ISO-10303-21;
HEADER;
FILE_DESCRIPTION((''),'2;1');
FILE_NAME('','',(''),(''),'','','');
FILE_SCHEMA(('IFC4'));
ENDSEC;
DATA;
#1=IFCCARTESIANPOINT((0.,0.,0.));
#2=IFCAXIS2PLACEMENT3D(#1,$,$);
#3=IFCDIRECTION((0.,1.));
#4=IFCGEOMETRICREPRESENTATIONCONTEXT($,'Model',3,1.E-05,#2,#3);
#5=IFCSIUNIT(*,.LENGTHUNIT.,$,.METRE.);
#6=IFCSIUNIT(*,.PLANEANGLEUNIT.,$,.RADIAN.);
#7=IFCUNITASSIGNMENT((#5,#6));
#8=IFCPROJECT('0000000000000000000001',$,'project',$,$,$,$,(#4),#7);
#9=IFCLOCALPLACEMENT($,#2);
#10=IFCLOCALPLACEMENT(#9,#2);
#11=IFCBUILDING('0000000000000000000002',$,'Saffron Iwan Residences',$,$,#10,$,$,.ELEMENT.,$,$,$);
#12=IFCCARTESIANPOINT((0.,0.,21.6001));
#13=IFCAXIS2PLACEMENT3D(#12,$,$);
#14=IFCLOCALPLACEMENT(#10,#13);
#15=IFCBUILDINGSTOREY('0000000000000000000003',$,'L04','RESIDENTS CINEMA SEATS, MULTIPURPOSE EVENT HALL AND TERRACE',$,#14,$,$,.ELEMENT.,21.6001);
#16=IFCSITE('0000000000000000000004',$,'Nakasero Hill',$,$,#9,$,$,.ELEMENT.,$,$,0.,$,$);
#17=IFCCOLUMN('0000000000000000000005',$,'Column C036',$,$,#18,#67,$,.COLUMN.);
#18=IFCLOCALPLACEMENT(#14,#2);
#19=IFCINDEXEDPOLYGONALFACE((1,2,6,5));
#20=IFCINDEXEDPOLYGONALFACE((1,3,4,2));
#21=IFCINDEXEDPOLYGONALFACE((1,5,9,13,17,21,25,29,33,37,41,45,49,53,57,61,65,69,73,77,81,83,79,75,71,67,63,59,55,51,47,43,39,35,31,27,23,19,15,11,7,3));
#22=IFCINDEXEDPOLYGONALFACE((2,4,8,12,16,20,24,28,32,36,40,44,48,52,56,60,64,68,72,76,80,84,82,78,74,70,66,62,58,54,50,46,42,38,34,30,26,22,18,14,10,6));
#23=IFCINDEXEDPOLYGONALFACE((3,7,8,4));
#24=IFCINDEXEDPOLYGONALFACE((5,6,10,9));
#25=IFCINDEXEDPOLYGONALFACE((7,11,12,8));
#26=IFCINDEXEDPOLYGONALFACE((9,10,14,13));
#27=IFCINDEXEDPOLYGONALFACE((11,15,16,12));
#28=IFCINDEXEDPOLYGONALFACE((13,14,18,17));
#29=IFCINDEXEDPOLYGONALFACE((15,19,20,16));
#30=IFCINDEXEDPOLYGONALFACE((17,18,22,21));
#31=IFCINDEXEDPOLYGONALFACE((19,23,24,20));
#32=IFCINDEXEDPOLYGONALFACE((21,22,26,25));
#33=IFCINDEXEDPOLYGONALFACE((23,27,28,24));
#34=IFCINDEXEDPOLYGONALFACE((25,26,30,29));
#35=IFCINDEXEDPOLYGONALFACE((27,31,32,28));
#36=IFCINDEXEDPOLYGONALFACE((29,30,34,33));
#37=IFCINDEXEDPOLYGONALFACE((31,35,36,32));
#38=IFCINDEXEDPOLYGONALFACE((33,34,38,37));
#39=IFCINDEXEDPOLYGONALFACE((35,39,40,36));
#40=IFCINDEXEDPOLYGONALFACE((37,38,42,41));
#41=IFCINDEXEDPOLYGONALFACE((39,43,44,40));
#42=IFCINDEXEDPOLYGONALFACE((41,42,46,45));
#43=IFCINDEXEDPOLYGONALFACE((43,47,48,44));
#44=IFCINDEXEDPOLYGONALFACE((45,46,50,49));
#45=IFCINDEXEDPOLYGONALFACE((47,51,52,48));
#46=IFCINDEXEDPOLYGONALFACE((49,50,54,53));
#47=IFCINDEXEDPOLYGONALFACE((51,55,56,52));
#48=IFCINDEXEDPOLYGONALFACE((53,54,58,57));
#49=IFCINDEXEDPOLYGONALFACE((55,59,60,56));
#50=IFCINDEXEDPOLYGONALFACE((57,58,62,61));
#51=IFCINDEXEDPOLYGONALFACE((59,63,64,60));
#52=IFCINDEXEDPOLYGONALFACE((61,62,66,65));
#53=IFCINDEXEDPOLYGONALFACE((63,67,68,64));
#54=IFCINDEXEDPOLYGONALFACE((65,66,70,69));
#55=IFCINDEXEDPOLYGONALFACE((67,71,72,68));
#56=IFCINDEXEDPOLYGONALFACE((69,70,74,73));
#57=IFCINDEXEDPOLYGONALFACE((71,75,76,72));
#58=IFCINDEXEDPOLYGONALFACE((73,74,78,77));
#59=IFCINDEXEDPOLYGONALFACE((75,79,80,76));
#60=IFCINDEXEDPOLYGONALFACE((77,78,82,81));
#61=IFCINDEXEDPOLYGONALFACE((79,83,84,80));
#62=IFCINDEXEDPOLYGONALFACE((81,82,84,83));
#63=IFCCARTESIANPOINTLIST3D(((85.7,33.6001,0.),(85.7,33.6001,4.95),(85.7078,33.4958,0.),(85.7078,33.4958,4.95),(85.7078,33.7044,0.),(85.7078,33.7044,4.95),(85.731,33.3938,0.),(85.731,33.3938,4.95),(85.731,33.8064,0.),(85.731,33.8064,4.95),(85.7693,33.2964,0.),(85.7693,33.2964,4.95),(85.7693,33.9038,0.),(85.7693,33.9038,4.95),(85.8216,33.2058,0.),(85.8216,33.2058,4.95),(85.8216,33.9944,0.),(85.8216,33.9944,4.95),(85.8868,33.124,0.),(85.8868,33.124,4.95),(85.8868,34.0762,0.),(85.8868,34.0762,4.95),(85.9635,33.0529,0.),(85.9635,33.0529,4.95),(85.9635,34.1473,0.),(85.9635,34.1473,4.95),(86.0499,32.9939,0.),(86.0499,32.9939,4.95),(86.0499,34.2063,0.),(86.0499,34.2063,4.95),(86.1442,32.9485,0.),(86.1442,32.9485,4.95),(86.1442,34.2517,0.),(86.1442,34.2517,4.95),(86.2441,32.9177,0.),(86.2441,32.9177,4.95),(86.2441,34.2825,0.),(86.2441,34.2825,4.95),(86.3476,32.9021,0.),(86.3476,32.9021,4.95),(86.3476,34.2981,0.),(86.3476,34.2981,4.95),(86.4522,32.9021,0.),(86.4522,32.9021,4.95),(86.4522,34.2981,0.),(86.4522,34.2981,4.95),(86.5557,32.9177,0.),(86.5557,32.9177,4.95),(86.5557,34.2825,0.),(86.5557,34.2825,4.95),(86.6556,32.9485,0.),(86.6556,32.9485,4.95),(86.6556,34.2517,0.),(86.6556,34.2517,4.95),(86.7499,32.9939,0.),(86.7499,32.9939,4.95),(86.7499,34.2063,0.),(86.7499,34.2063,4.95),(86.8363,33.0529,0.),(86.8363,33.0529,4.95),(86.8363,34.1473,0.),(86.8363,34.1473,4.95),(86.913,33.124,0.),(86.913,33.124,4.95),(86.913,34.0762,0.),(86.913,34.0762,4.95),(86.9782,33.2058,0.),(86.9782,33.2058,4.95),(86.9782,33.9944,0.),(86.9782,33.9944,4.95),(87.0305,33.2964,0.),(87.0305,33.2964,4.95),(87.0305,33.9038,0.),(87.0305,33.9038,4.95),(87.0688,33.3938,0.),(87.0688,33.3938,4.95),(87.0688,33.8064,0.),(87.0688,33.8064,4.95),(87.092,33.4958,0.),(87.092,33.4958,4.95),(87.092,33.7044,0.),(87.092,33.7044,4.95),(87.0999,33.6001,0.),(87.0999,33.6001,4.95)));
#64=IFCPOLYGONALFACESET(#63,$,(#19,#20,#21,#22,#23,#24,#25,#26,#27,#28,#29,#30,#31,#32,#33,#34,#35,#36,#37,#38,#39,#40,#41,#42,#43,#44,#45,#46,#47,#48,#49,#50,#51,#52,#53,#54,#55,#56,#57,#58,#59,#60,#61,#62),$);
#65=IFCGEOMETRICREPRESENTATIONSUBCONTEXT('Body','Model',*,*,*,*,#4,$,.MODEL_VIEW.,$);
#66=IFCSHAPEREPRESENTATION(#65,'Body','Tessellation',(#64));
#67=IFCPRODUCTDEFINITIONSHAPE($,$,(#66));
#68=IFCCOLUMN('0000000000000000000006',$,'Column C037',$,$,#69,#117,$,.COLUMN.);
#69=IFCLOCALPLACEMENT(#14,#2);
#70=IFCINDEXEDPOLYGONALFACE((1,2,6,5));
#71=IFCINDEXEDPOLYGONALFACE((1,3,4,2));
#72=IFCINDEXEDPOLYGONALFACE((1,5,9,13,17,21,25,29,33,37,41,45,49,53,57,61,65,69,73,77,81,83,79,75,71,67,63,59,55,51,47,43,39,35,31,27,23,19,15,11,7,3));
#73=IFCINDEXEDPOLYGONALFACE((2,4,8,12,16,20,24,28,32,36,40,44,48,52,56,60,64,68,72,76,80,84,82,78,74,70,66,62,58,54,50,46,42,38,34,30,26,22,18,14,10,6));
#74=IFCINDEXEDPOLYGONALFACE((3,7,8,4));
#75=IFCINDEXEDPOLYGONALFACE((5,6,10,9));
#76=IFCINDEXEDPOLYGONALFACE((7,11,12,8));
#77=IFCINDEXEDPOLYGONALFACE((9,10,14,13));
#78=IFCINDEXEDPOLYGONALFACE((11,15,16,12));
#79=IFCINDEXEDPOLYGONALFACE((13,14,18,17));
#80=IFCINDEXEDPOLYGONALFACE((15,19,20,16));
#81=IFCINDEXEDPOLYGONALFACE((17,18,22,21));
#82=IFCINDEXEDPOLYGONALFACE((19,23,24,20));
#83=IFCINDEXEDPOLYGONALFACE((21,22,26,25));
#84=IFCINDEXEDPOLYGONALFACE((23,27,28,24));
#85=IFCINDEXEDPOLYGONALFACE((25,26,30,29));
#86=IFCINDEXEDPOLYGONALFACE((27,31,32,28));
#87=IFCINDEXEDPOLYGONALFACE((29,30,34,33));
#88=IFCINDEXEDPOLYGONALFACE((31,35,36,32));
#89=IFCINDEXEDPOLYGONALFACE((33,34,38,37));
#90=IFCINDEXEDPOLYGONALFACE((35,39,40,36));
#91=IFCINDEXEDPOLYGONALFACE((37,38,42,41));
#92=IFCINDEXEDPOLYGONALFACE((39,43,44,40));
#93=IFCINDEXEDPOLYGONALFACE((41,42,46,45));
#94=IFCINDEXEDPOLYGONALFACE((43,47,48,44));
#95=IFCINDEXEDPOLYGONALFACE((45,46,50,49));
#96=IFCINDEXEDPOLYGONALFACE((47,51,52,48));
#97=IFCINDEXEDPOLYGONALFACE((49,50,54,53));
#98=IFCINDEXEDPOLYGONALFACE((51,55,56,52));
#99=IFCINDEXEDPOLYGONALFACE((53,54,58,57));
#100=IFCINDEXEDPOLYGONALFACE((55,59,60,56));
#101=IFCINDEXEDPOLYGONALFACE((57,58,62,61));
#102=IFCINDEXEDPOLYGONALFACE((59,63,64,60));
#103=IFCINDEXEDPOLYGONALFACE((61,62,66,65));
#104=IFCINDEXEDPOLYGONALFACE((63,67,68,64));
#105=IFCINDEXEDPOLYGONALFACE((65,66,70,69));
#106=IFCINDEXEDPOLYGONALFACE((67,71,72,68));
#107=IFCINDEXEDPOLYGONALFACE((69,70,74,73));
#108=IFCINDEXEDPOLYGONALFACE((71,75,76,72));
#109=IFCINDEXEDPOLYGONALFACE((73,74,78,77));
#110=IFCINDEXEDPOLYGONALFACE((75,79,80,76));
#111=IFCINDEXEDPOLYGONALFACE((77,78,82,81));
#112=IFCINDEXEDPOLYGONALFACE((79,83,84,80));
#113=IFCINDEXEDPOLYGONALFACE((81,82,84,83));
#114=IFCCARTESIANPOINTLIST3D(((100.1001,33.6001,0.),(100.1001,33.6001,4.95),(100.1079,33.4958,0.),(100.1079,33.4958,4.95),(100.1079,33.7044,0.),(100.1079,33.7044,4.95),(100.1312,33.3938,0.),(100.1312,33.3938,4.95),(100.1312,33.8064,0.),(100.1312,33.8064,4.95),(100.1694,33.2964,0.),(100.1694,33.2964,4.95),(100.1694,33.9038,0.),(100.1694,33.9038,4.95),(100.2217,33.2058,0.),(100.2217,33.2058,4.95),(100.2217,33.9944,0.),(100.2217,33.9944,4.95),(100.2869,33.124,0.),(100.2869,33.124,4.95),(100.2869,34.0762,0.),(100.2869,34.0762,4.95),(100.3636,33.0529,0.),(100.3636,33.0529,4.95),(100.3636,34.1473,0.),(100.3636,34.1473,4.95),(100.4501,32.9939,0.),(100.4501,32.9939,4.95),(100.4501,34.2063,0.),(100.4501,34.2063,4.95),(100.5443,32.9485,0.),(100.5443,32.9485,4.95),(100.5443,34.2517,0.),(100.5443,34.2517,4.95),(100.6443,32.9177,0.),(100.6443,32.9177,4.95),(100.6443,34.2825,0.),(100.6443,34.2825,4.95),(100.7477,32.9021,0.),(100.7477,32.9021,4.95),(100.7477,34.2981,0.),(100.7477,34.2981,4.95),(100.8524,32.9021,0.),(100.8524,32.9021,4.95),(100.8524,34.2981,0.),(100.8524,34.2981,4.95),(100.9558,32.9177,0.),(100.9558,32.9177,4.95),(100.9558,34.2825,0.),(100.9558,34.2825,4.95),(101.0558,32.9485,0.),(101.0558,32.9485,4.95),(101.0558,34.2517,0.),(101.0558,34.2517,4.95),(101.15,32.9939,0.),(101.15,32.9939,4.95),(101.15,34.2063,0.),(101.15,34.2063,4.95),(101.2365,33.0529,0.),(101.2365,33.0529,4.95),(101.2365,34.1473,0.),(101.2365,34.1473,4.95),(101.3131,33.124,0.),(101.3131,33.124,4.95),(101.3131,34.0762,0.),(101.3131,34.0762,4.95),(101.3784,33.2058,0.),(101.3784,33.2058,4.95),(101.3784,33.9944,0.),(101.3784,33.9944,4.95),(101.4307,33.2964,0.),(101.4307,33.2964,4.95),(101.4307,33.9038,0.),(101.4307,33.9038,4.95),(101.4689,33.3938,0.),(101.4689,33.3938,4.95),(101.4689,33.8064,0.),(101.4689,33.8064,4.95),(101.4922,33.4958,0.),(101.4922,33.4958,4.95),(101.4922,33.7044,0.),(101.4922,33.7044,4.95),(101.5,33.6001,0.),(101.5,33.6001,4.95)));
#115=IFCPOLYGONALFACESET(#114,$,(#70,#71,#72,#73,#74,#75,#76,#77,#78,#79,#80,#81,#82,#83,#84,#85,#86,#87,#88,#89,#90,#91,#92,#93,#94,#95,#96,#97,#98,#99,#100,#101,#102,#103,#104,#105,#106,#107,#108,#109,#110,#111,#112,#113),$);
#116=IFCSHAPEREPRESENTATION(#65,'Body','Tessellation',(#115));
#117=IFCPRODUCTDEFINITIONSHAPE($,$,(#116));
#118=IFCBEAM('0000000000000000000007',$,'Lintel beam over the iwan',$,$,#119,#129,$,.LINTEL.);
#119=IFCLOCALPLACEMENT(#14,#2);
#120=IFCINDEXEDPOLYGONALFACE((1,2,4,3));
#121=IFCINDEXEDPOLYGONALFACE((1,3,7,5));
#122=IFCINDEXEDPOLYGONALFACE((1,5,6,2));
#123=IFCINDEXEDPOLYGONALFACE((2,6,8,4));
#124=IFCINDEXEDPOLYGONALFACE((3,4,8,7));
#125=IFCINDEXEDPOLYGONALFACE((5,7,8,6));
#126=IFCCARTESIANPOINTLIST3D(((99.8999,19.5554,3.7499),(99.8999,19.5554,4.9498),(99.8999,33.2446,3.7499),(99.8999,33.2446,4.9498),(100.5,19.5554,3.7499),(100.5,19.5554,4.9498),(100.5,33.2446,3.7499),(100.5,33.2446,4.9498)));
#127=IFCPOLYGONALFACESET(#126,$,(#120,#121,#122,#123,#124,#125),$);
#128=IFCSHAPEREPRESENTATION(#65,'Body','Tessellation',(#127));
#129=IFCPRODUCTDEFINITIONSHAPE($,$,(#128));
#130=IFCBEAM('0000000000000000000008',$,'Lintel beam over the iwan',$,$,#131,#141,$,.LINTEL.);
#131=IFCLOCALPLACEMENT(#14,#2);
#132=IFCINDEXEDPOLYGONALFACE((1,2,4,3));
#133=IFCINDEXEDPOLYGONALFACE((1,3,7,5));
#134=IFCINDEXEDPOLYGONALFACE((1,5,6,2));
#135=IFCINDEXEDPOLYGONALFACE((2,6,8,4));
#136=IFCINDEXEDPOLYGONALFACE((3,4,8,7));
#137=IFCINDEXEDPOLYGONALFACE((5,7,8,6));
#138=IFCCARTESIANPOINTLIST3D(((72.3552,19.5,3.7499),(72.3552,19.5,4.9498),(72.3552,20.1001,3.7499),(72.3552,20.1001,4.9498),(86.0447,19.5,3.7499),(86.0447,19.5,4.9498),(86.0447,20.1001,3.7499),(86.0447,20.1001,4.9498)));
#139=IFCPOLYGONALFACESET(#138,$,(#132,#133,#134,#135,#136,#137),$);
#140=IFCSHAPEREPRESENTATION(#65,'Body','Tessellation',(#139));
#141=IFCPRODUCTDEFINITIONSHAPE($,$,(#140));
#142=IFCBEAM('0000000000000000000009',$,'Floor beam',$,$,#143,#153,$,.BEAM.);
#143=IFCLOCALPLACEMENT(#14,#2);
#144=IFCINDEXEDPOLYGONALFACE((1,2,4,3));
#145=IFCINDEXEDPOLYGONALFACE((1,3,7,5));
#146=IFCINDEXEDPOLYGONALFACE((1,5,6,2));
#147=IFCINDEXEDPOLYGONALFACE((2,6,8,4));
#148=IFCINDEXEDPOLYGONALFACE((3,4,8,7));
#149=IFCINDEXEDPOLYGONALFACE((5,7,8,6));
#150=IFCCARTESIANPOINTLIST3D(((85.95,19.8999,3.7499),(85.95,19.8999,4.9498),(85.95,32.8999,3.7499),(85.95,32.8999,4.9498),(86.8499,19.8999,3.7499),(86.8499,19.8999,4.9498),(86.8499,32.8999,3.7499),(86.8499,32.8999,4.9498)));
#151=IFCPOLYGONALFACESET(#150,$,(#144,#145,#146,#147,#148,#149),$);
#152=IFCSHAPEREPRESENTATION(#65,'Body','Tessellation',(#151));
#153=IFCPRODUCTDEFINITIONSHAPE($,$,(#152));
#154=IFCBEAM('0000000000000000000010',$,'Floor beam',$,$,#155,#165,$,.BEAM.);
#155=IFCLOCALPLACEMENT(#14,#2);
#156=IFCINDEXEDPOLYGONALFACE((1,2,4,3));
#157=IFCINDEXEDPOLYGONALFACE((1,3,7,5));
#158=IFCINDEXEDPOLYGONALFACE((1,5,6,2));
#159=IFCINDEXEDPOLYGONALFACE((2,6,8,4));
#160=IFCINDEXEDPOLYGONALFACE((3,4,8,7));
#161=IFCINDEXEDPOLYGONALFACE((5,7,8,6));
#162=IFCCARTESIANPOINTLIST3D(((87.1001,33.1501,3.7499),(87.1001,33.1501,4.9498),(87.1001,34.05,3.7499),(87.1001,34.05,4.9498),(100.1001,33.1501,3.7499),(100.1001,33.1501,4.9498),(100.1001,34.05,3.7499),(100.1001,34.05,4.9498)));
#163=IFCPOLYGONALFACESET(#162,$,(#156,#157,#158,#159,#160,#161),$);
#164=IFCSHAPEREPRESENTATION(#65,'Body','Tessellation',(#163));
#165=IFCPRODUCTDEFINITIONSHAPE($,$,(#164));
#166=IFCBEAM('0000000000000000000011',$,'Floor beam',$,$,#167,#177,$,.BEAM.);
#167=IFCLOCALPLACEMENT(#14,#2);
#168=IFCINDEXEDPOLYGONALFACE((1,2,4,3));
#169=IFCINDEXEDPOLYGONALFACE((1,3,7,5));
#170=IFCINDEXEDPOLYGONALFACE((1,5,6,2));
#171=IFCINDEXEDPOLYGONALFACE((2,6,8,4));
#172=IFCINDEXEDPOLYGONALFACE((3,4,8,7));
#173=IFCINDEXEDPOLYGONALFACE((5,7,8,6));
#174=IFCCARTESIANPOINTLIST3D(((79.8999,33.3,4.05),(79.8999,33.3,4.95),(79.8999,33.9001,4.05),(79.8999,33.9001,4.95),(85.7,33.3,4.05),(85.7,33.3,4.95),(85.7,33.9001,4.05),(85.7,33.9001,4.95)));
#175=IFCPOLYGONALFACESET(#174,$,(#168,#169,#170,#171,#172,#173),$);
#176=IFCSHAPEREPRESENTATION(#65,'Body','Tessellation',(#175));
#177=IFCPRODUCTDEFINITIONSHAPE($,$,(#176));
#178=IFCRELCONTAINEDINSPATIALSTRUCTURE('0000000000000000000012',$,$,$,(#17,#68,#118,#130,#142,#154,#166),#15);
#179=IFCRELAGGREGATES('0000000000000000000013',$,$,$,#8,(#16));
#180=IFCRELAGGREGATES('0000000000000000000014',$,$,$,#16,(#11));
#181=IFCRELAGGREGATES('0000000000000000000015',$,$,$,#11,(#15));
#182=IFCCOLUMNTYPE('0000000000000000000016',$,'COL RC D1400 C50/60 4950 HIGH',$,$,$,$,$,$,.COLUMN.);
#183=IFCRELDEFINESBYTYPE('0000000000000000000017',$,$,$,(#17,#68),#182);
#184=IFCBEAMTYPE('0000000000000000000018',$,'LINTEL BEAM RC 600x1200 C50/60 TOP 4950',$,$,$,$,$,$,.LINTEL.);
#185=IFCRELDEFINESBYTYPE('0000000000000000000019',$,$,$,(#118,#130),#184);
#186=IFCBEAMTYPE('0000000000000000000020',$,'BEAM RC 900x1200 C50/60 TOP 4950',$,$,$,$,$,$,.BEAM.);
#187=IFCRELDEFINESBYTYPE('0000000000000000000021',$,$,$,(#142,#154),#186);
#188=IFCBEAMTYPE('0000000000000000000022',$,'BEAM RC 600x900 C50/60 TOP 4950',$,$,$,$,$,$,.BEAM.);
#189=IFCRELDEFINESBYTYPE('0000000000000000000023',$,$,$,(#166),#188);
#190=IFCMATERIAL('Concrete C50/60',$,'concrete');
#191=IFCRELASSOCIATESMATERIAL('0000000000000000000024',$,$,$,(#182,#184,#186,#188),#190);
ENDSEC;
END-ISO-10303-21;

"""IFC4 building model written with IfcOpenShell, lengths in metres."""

from ifc_helpers import new_model, si_unit, direction, frame, origin, origin_2d, place, context, subcontext, project, spatial, rectangle, circle, extrude, source, transform, mapped, material, material_profile, profile_set, type_object, element, save


model = new_model("IFC4")

# Units and contexts
model_context = context("Model", 3, precision=1e-05, world=origin(), true_north=direction((0.0, 1.0)))
body_context = subcontext(model_context, "Body", "Model", "MODEL_VIEW")
ifc_project = project(units=[si_unit("LENGTHUNIT", "METRE"), si_unit("PLANEANGLEUNIT", "RADIAN")], contexts=[model_context])

# Site, building, storey
site_placement = place(None, origin())
site = spatial("IfcSite", under=ifc_project, at=site_placement, Name="Nakasero Hill", CompositionType="ELEMENT", RefElevation=0.0)
building_placement = place(site_placement, origin())
building = spatial("IfcBuilding", under=site, at=building_placement, Name="Saffron Iwan Residences", CompositionType="ELEMENT")
storey_placement = place(building_placement, frame((0.0, 0.0, 21.6001)))
storey = spatial("IfcBuildingStorey", under=building, at=storey_placement, Name="L04", Description="RESIDENTS CINEMA SEATS, MULTIPURPOSE EVENT HALL AND TERRACE", CompositionType="ELEMENT", Elevation=21.6001)

# Columns
ifc_material_1 = material(Name="Concrete C50/60", Category="concrete")
ifc_material_profile_1 = material_profile(ifc_material_1, circle(Radius=0.7, at=origin_2d()), Name="RC D1400")
ifc_profile_set_1 = profile_set([ifc_material_profile_1], Name="Concrete C50/60")
column_type = type_object("IfcColumnType", Name="COL RC D1400 C50/60 4950 HIGH", PredefinedType="COLUMN", material=ifc_profile_set_1)
shared_shape_1 = source(origin(), body_context, "Body", "SweptSolid", [
    extrude(circle(Radius=0.7, at=origin_2d()), origin(), (0.0, 0.0, 1.0), 4.95),
])
for number, where, z_axis, x_axis, name in (
    (1, (86.3999, 33.6001, 0.0), (0.0, 0.0, 1.0), (1.0, 0.0, 0.0), "Column C036"),
    (2, (100.8, 33.6001, 0.0), (0.0, 0.0, 1.0), (1.0, 0.0, 0.0), "Column C037"),
):
    element("IfcColumn", number, at=place(storey_placement, frame(where, z_axis=z_axis, x_axis=x_axis)), inside=storey, type_object=column_type, Name=name, PredefinedType="COLUMN", context=body_context, shape_type="MappedRepresentation", body=[
        mapped(shared_shape_1, transform((0.0, 0.0, 0.0))),
    ])

# Beams
ifc_material_profile_2 = material_profile(ifc_material_1, rectangle(XDim=0.6001, YDim=1.2, at=origin_2d()), Name="RC 600x1200")
ifc_profile_set_2 = profile_set([ifc_material_profile_2], Name="Concrete C50/60")
beam_type_1 = type_object("IfcBeamType", Name="LINTEL BEAM RC 600x1200 C50/60 TOP 4950", PredefinedType="LINTEL", material=ifc_profile_set_2)
shared_shape_2 = source(origin(), body_context, "Body", "SweptSolid", [
    extrude(rectangle(XDim=0.6001, YDim=1.2, at=origin_2d()), origin(), (0.0, 0.0, 1.0), 13.6892),
])
beam_1_placement = place(storey_placement, frame((100.2, 33.2446, 4.3499), z_axis=(0.0, -1.0, 0.0), x_axis=(1.0, 0.0, 0.0)))
element("IfcBeam", 3, at=beam_1_placement, inside=storey, type_object=beam_type_1, Name="Lintel beam over the iwan", PredefinedType="LINTEL", context=body_context, shape_type="MappedRepresentation", body=[
    mapped(shared_shape_2, transform((0.0, 0.0, 0.0))),
])
shared_shape_3 = source(origin(), body_context, "Body", "SweptSolid", [
    extrude(rectangle(XDim=0.6001, YDim=1.2, at=origin_2d()), origin(), (0.0, 0.0, 1.0), 13.6895),
])
beam_2_placement = place(storey_placement, frame((86.0447, 19.8, 4.3499), z_axis=(-1.0, 0.0, 0.0), x_axis=(0.0, -1.0, 0.0)))
element("IfcBeam", 4, at=beam_2_placement, inside=storey, type_object=beam_type_1, Name="Lintel beam over the iwan", PredefinedType="LINTEL", context=body_context, shape_type="MappedRepresentation", body=[
    mapped(shared_shape_3, transform((0.0, 0.0, 0.0))),
])
ifc_material_profile_3 = material_profile(ifc_material_1, rectangle(XDim=0.8999, YDim=1.2, at=origin_2d()), Name="RC 900x1200")
ifc_profile_set_3 = profile_set([ifc_material_profile_3], Name="Concrete C50/60")
beam_type_2 = type_object("IfcBeamType", Name="BEAM RC 900x1200 C50/60 TOP 4950", PredefinedType="BEAM", material=ifc_profile_set_3)
shared_shape_4 = source(origin(), body_context, "Body", "SweptSolid", [
    extrude(rectangle(XDim=0.8999, YDim=1.2, at=origin_2d()), origin(), (0.0, 0.0, 1.0), 13.0),
])
for number, where, z_axis, x_axis, name in (
    (5, (86.3999, 19.8999, 4.3499), (0.0, 1.0, 0.0), (-1.0, 0.0, 0.0), "Floor beam"),
    (6, (87.1001, 33.6001, 4.3499), (1.0, 0.0, 0.0), (0.0, 1.0, 0.0), "Floor beam"),
):
    element("IfcBeam", number, at=place(storey_placement, frame(where, z_axis=z_axis, x_axis=x_axis)), inside=storey, type_object=beam_type_2, Name=name, PredefinedType="BEAM", context=body_context, shape_type="MappedRepresentation", body=[
        mapped(shared_shape_4, transform((0.0, 0.0, 0.0))),
    ])
ifc_material_profile_4 = material_profile(ifc_material_1, rectangle(XDim=0.6001, YDim=0.8999, at=origin_2d()), Name="RC 600x900")
ifc_profile_set_4 = profile_set([ifc_material_profile_4], Name="Concrete C50/60")
beam_type_3 = type_object("IfcBeamType", Name="BEAM RC 600x900 C50/60 TOP 4950", PredefinedType="BEAM", material=ifc_profile_set_4)
shared_shape_5 = source(origin(), body_context, "Body", "SweptSolid", [
    extrude(rectangle(XDim=0.6001, YDim=0.8999, at=origin_2d()), origin(), (0.0, 0.0, 1.0), 5.8),
])
beam_3_placement = place(storey_placement, frame((79.8999, 33.6001, 4.5), z_axis=(1.0, 0.0, 0.0), x_axis=(0.0, 1.0, 0.0)))
element("IfcBeam", 7, at=beam_3_placement, inside=storey, type_object=beam_type_3, Name="Floor beam", PredefinedType="BEAM", context=body_context, shape_type="MappedRepresentation", body=[
    mapped(shared_shape_5, transform((0.0, 0.0, 0.0))),
])

save(model, "model.ifc")
